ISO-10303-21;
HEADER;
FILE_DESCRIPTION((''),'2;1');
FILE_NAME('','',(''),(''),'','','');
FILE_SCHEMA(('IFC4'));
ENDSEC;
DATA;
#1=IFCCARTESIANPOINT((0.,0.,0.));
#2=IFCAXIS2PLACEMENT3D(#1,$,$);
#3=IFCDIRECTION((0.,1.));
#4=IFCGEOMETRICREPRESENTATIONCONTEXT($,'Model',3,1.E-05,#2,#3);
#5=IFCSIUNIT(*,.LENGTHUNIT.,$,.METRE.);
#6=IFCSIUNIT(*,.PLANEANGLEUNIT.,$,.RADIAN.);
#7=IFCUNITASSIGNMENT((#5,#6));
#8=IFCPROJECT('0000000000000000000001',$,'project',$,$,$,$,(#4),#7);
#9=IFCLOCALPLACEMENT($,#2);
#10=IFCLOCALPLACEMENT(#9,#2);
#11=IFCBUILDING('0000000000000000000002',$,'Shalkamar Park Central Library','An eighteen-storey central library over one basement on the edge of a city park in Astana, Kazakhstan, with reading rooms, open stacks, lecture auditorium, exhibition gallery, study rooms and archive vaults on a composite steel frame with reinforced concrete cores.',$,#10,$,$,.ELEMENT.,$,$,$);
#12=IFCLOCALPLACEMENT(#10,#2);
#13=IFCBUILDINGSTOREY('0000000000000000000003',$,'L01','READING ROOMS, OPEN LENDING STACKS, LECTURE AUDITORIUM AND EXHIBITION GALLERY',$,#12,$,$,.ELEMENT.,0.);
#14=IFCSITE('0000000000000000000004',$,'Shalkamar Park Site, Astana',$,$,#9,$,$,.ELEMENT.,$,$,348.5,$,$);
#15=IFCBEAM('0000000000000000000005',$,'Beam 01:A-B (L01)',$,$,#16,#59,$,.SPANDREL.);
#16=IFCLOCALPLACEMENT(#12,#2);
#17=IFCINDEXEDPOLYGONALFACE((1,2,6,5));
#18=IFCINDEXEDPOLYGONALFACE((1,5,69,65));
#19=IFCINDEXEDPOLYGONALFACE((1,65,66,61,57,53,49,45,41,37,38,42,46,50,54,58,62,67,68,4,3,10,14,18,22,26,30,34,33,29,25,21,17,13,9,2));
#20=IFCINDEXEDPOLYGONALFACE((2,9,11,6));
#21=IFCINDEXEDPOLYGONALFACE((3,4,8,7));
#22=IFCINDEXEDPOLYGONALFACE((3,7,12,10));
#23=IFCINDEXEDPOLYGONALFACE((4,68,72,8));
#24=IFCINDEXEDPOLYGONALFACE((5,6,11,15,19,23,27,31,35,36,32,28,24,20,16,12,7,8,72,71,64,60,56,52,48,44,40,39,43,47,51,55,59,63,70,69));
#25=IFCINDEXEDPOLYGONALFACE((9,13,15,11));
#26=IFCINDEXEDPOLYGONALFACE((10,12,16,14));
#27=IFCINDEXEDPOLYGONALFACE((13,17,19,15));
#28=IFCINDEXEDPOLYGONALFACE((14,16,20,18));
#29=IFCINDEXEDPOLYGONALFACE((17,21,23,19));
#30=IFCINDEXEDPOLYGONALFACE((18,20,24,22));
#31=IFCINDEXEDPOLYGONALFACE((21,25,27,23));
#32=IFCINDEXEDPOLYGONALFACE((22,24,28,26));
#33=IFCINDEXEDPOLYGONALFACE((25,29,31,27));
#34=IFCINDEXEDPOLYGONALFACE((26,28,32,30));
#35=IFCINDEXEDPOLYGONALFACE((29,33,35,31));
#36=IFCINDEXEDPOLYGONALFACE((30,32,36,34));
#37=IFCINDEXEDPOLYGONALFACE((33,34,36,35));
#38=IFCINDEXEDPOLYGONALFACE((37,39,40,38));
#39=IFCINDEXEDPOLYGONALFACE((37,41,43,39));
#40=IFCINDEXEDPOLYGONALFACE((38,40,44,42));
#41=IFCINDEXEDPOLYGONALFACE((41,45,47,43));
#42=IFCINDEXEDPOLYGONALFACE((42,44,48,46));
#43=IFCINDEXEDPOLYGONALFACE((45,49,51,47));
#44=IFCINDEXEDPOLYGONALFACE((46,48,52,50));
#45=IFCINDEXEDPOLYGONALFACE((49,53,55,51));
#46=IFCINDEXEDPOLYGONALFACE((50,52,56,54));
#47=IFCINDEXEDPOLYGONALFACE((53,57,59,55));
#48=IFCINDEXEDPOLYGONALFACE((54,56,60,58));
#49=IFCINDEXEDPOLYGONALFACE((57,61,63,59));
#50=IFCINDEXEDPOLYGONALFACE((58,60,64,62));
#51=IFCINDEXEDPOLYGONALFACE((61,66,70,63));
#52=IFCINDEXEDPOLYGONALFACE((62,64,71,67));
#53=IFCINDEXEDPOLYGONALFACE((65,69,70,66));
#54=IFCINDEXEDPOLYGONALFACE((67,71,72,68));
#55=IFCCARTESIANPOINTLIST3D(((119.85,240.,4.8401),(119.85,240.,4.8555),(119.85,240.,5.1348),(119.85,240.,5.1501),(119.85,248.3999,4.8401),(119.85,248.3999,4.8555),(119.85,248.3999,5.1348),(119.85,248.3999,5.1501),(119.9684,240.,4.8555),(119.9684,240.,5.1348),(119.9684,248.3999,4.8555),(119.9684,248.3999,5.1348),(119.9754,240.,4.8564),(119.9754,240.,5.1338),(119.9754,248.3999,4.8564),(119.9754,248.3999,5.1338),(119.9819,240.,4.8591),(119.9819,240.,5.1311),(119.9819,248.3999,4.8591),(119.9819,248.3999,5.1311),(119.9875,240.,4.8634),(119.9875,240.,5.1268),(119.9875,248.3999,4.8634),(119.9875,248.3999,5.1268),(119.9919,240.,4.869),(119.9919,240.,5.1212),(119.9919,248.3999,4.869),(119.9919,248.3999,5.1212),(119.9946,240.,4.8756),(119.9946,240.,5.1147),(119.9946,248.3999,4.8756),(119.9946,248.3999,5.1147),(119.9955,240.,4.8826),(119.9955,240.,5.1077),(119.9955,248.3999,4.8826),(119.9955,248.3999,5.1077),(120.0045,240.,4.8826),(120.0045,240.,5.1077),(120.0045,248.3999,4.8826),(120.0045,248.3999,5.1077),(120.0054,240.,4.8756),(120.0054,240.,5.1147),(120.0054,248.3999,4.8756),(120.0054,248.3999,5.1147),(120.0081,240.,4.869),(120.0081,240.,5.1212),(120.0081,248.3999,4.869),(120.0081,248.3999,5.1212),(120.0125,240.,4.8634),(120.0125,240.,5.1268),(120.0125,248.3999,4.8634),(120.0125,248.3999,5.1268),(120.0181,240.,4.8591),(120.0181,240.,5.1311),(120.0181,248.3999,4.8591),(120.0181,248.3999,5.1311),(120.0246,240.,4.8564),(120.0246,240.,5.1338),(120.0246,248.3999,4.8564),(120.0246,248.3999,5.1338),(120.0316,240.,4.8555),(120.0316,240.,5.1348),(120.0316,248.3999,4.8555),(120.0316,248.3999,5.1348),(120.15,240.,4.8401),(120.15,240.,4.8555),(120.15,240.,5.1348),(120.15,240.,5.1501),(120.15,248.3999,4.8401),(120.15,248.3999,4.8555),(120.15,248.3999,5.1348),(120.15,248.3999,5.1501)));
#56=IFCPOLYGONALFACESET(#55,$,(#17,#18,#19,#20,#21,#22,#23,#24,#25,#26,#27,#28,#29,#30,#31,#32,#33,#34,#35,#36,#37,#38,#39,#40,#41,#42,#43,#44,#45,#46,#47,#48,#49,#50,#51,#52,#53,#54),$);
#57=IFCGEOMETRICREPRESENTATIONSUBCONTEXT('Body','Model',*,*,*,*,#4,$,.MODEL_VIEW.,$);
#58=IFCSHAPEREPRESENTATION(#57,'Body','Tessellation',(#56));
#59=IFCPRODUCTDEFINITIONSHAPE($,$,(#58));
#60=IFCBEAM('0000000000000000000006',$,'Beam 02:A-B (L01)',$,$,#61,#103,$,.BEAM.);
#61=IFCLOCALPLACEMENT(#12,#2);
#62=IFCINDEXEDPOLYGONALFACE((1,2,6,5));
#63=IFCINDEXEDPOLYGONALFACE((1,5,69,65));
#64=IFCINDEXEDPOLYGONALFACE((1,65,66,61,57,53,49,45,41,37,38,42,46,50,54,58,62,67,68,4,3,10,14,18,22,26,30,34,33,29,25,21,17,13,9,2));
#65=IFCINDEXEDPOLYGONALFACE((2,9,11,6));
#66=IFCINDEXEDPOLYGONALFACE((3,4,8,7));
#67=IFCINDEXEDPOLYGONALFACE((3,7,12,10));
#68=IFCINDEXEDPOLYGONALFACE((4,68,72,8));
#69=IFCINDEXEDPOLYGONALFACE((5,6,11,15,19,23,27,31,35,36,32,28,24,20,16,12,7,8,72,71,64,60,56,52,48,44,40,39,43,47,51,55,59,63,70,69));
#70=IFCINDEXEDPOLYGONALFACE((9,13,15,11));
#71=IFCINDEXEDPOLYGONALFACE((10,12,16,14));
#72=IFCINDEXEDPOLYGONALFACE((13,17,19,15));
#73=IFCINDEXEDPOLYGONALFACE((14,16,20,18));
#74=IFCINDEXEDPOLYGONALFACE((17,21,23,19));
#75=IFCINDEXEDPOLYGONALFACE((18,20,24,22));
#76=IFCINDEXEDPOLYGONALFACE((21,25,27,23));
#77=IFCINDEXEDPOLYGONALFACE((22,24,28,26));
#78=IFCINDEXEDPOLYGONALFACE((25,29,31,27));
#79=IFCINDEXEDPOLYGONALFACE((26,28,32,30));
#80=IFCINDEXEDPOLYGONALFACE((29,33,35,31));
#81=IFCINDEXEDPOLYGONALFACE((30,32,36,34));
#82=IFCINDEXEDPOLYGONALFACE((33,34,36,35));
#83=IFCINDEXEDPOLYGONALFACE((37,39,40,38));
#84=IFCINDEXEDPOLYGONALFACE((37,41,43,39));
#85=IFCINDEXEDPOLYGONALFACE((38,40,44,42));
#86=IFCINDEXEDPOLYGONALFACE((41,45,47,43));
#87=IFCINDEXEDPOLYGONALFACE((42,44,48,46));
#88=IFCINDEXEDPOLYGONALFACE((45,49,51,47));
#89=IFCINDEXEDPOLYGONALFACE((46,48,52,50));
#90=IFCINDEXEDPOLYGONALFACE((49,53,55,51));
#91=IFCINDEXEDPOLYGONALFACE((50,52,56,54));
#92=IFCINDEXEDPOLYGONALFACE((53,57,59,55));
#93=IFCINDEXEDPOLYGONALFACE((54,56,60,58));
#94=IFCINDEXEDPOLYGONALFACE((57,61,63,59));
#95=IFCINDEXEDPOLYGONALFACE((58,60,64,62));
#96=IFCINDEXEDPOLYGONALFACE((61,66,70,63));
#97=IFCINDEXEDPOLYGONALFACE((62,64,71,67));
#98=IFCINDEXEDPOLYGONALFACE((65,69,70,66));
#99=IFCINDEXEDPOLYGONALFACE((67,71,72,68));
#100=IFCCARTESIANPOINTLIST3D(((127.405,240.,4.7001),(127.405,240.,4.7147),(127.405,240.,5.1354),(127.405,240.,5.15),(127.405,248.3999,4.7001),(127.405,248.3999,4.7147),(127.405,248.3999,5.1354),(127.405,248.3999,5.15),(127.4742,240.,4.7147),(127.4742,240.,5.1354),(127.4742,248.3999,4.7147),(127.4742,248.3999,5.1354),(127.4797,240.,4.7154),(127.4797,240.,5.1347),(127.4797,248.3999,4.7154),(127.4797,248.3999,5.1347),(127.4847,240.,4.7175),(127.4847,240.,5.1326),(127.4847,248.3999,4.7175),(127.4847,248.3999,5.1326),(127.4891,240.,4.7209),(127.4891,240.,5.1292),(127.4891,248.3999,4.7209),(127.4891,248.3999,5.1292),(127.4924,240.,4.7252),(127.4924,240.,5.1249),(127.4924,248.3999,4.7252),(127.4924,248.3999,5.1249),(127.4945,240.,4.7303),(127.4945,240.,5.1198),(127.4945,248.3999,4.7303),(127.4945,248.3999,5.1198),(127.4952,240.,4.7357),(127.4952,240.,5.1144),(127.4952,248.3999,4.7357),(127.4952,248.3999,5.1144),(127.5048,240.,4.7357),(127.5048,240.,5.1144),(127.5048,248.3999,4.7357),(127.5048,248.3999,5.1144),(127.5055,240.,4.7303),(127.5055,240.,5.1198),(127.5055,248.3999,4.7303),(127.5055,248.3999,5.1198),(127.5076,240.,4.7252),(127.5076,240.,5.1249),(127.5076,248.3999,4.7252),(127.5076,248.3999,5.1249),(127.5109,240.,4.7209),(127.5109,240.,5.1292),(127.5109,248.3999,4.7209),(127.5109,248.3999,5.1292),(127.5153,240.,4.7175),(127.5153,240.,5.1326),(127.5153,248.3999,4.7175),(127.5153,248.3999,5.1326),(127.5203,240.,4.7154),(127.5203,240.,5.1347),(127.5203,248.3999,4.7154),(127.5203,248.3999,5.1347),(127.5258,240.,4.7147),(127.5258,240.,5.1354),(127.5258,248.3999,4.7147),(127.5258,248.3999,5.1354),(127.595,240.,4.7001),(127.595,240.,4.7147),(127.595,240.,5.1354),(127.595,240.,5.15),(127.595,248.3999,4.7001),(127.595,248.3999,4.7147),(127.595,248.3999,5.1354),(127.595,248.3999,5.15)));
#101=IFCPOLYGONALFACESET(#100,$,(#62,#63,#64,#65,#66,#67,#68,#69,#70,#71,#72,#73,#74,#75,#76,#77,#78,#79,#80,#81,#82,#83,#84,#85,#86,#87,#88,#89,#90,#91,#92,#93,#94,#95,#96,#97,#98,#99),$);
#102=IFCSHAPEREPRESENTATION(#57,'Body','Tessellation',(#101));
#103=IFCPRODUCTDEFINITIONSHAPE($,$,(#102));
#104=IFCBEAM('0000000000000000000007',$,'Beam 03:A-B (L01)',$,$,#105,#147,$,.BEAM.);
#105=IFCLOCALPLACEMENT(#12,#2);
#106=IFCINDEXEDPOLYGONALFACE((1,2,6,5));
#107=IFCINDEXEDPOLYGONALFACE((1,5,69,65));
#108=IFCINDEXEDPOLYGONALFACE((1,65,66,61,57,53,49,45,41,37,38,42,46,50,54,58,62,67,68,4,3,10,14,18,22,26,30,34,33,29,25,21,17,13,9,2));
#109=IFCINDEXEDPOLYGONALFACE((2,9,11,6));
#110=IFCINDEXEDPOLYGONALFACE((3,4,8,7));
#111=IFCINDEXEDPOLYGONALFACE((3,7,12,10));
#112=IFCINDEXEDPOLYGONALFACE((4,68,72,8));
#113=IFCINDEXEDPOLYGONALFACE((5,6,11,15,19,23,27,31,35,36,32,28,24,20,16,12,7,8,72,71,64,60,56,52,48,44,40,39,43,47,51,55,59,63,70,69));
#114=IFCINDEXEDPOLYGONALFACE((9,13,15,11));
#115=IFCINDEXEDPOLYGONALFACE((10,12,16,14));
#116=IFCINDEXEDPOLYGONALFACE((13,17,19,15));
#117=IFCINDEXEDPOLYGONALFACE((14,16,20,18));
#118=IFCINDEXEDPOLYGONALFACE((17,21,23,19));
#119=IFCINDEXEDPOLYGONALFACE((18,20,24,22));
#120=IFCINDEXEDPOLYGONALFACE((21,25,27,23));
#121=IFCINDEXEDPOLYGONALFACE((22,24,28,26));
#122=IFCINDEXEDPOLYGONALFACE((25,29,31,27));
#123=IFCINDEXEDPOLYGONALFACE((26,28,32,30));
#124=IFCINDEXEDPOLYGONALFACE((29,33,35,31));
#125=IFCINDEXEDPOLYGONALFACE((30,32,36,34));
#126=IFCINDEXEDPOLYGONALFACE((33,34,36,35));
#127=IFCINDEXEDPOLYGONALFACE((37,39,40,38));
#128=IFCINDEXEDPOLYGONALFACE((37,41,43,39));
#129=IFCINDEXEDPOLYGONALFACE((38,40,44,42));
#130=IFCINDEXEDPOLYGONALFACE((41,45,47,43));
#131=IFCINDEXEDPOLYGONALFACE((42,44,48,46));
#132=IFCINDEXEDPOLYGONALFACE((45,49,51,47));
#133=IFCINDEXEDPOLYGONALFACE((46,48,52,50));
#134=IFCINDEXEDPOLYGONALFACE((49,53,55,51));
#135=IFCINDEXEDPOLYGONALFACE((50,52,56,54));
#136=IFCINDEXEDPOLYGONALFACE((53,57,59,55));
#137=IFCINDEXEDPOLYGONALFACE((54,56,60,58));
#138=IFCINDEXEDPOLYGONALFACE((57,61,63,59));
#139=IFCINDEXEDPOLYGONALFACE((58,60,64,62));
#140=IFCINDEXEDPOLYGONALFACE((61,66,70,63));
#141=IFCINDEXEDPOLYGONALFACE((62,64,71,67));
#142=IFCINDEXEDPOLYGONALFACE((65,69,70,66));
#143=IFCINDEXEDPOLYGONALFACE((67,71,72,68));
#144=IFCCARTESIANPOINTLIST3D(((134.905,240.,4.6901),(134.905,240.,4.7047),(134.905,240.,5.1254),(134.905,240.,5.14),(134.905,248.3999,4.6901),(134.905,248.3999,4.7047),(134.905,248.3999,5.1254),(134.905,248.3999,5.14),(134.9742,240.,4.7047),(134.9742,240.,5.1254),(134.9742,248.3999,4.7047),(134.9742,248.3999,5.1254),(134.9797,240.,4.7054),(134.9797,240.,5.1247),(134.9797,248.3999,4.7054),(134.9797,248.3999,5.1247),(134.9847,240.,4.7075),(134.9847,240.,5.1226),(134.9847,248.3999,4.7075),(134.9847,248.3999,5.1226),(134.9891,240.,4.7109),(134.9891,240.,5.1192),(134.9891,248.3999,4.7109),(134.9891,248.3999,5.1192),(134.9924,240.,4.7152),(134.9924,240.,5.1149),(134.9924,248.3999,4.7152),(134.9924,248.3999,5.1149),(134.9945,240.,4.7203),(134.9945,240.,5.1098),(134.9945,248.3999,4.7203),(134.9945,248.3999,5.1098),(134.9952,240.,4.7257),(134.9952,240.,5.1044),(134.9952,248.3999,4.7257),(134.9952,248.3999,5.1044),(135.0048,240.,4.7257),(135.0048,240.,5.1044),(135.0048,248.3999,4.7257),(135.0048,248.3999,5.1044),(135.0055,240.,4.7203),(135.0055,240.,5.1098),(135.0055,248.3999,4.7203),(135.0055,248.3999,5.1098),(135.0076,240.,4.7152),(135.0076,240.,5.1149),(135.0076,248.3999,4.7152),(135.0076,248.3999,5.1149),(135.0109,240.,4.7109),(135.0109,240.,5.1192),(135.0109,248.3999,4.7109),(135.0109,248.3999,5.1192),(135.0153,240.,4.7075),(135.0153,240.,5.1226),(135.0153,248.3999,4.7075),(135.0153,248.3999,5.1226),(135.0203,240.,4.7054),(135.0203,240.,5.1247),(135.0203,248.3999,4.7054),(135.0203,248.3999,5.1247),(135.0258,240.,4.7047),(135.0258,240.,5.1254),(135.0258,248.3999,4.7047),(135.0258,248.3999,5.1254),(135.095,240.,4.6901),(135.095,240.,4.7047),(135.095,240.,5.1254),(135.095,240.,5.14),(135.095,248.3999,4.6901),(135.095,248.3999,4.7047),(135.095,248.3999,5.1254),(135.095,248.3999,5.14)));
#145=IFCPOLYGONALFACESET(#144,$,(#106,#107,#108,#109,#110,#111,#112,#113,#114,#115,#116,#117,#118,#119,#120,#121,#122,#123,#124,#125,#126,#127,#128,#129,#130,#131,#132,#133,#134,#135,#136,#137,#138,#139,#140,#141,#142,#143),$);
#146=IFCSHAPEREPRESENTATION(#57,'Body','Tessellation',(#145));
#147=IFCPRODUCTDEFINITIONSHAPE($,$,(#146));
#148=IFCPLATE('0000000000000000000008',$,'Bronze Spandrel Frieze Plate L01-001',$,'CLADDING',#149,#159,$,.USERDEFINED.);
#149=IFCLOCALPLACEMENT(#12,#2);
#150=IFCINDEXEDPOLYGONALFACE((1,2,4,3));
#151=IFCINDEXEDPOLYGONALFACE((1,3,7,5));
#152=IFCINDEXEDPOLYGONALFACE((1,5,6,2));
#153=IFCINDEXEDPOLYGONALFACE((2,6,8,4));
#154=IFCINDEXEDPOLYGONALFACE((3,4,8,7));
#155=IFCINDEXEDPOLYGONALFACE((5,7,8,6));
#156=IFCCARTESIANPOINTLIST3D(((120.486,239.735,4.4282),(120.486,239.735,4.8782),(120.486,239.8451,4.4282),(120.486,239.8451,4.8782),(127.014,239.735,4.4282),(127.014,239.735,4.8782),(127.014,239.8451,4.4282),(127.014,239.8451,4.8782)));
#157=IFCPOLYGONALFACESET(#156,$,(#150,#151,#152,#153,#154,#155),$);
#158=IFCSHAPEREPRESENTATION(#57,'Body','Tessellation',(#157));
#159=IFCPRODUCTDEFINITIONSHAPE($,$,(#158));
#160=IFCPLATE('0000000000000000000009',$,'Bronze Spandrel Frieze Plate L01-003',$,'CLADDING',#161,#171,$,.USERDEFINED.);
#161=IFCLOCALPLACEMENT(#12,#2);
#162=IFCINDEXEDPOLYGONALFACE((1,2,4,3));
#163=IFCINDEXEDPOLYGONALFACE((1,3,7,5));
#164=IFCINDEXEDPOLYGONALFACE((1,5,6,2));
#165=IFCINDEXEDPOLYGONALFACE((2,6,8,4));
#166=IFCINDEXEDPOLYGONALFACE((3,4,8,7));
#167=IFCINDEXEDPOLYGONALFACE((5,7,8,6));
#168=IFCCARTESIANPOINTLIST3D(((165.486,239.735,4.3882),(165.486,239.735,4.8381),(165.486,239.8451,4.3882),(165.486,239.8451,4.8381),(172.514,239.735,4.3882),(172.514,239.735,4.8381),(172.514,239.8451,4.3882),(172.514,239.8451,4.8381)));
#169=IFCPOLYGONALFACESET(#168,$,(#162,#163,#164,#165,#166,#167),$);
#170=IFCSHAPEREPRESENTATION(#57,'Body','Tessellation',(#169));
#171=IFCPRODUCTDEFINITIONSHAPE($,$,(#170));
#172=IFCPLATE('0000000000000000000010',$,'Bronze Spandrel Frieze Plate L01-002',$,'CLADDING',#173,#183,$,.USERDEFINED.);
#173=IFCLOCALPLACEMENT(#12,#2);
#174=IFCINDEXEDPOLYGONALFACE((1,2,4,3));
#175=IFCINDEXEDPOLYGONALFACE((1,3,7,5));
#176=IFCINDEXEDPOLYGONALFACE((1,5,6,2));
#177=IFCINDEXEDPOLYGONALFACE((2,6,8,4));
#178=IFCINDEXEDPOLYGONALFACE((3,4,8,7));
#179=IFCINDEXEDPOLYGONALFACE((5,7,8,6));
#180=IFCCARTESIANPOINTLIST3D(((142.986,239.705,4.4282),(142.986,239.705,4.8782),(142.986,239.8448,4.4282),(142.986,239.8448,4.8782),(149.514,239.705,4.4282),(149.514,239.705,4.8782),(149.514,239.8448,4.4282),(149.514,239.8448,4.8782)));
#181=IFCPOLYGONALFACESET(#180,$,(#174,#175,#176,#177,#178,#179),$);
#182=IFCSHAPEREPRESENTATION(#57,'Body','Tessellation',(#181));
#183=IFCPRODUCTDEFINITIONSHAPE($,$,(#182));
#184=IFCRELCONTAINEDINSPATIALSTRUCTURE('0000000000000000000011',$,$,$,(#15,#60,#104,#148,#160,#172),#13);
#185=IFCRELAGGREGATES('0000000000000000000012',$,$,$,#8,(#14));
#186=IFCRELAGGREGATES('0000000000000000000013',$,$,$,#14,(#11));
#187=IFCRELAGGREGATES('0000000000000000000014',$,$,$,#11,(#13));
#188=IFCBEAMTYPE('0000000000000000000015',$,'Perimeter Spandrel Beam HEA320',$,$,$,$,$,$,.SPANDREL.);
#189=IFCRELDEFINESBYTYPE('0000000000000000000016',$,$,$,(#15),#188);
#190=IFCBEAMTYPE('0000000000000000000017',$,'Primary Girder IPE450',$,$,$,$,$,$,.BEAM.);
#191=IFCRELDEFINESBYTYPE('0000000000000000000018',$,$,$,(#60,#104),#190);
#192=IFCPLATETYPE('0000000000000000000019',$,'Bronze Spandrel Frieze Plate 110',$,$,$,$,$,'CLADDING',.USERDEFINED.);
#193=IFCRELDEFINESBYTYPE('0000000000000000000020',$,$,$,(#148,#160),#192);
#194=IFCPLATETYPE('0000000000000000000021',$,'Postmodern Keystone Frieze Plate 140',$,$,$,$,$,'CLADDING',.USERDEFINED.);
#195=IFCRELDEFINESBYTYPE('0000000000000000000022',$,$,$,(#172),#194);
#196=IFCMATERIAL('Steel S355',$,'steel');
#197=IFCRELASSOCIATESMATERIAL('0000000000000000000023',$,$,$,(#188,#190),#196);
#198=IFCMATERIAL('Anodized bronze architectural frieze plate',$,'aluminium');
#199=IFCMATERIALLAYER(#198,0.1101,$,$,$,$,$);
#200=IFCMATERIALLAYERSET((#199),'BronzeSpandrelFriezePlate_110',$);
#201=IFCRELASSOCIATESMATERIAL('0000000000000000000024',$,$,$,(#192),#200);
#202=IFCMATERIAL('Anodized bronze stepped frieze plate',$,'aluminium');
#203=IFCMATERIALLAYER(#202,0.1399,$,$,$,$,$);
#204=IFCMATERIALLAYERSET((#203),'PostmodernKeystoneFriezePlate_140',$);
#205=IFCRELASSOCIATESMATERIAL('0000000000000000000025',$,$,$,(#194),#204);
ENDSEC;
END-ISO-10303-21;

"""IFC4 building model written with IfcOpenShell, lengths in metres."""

from ifc_helpers import new_model, si_unit, direction, frame, origin, origin_2d, place, context, subcontext, project, spatial, rectangle, i_section, extrude, material, layer, layer_set, material_profile, profile_set, type_object, element, save


model = new_model("IFC4")

# Units and contexts
model_context = context("Model", 3, precision=1e-05, world=origin(), true_north=direction((0.0, 1.0)))
body_context = subcontext(model_context, "Body", "Model", "MODEL_VIEW")
ifc_project = project(units=[si_unit("LENGTHUNIT", "METRE"), si_unit("PLANEANGLEUNIT", "RADIAN")], contexts=[model_context])

# Site, building, storey
site_placement = place(None, origin())
site = spatial("IfcSite", under=ifc_project, at=site_placement, Name="Shalkamar Park Site, Astana", CompositionType="ELEMENT", RefElevation=348.5)
building_placement = place(site_placement, origin())
building = spatial("IfcBuilding", under=site, at=building_placement, Name="Shalkamar Park Central Library", Description="An eighteen-storey central library over one basement on the edge of a city park in Astana, Kazakhstan, with reading rooms, open stacks, lecture auditorium, exhibition gallery, study rooms and archive vaults on a composite steel frame with reinforced concrete cores.", CompositionType="ELEMENT")
storey_placement = place(building_placement, origin())
storey = spatial("IfcBuildingStorey", under=building, at=storey_placement, Name="L01", Description="READING ROOMS, OPEN LENDING STACKS, LECTURE AUDITORIUM AND EXHIBITION GALLERY", CompositionType="ELEMENT", Elevation=0.0)

# Shared definitions
ifc_material_1 = material(Name="Steel S355", Category="steel")

# Beams
ifc_material_profile_1 = material_profile(ifc_material_1, i_section(OverallWidth=0.3, OverallDepth=0.3101, WebThickness=0.009, FlangeThickness=0.0154, FilletRadius=0.0271, at=origin_2d()), Name="HEA 320")
ifc_profile_set_1 = profile_set([ifc_material_profile_1], Name="Steel S355")
beam_type_1 = type_object("IfcBeamType", Name="Perimeter Spandrel Beam HEA320", PredefinedType="SPANDREL", material=ifc_profile_set_1)
beam_1_placement = place(storey_placement, frame((120.0, 240.0, 4.9951), z_axis=(0.0, 1.0, 0.0), x_axis=(-1.0, 0.0, 0.0)))
element("IfcBeam", 1, at=beam_1_placement, inside=storey, type_object=beam_type_1, Name="Beam 01:A-B (L01)", PredefinedType="SPANDREL", context=body_context, shape_type="SweptSolid", body=[
    extrude(i_section(OverallWidth=0.3, OverallDepth=0.3101, WebThickness=0.009, FlangeThickness=0.0154, FilletRadius=0.0271, at=origin_2d()), origin(), (0.0, 0.0, 1.0), 8.3999),
])
ifc_material_profile_2 = material_profile(ifc_material_1, i_section(OverallWidth=0.1899, OverallDepth=0.45, WebThickness=0.0095, FlangeThickness=0.0146, FilletRadius=0.021, at=origin_2d()), Name="IPE 450")
ifc_profile_set_2 = profile_set([ifc_material_profile_2], Name="Steel S355")
beam_type_2 = type_object("IfcBeamType", Name="Primary Girder IPE450", PredefinedType="BEAM", material=ifc_profile_set_2)
for number, where, z_axis, x_axis, name in (
    (2, (127.5, 240.0, 4.925), (0.0, 1.0, 0.0), (-1.0, 0.0, 0.0), "Beam 02:A-B (L01)"),
    (3, (135.0, 240.0, 4.915), (0.0, 1.0, 0.0), (-1.0, 0.0, 0.0), "Beam 03:A-B (L01)"),
):
    element("IfcBeam", number, at=place(storey_placement, frame(where, z_axis=z_axis, x_axis=x_axis)), inside=storey, type_object=beam_type_2, Name=name, PredefinedType="BEAM", context=body_context, shape_type="SweptSolid", body=[
        extrude(i_section(OverallWidth=0.1899, OverallDepth=0.45, WebThickness=0.0095, FlangeThickness=0.0146, FilletRadius=0.021, at=origin_2d()), origin(), (0.0, 0.0, 1.0), 8.3999),
    ])

# Plates
ifc_material_2 = material(Name="Anodized bronze architectural frieze plate", Category="aluminium")
ifc_layer_1 = layer(ifc_material_2, 0.1101)
ifc_layer_set_1 = layer_set([ifc_layer_1], Name="BronzeSpandrelFriezePlate_110")
plate_type_1 = type_object("IfcPlateType", Name="Bronze Spandrel Frieze Plate 110", ElementType="CLADDING", PredefinedType="USERDEFINED", material=ifc_layer_set_1)
plate_1_placement = place(storey_placement, frame((123.75, 239.79, 4.4282), z_axis=(0.0, 0.0, 1.0), x_axis=(1.0, 0.0, 0.0)))
element("IfcPlate", 4, at=plate_1_placement, inside=storey, type_object=plate_type_1, Name="Bronze Spandrel Frieze Plate L01-001", ObjectType="CLADDING", PredefinedType="USERDEFINED", context=body_context, shape_type="SweptSolid", body=[
    extrude(rectangle(XDim=6.5281, YDim=0.1101, at=origin_2d()), origin(), (0.0, 0.0, 1.0), 0.45),
])
plate_2_placement = place(storey_placement, frame((169.0, 239.79, 4.3882), z_axis=(0.0, 0.0, 1.0), x_axis=(1.0, 0.0, 0.0)))
element("IfcPlate", 5, at=plate_2_placement, inside=storey, type_object=plate_type_1, Name="Bronze Spandrel Frieze Plate L01-003", ObjectType="CLADDING", PredefinedType="USERDEFINED", context=body_context, shape_type="SweptSolid", body=[
    extrude(rectangle(XDim=7.0281, YDim=0.1101, at=origin_2d()), origin(), (0.0, 0.0, 1.0), 0.45),
])
ifc_material_3 = material(Name="Anodized bronze stepped frieze plate", Category="aluminium")
ifc_layer_2 = layer(ifc_material_3, 0.1399)
ifc_layer_set_2 = layer_set([ifc_layer_2], Name="PostmodernKeystoneFriezePlate_140")
plate_type_2 = type_object("IfcPlateType", Name="Postmodern Keystone Frieze Plate 140", ElementType="CLADDING", PredefinedType="USERDEFINED", material=ifc_layer_set_2)
plate_3_placement = place(storey_placement, frame((146.25, 239.7749, 4.4282), z_axis=(0.0, 0.0, 1.0), x_axis=(1.0, 0.0, 0.0)))
element("IfcPlate", 6, at=plate_3_placement, inside=storey, type_object=plate_type_2, Name="Bronze Spandrel Frieze Plate L01-002", ObjectType="CLADDING", PredefinedType="USERDEFINED", context=body_context, shape_type="SweptSolid", body=[
    extrude(rectangle(XDim=6.5281, YDim=0.1399, at=origin_2d()), origin(), (0.0, 0.0, 1.0), 0.45),
])

save(model, "model.ifc")
